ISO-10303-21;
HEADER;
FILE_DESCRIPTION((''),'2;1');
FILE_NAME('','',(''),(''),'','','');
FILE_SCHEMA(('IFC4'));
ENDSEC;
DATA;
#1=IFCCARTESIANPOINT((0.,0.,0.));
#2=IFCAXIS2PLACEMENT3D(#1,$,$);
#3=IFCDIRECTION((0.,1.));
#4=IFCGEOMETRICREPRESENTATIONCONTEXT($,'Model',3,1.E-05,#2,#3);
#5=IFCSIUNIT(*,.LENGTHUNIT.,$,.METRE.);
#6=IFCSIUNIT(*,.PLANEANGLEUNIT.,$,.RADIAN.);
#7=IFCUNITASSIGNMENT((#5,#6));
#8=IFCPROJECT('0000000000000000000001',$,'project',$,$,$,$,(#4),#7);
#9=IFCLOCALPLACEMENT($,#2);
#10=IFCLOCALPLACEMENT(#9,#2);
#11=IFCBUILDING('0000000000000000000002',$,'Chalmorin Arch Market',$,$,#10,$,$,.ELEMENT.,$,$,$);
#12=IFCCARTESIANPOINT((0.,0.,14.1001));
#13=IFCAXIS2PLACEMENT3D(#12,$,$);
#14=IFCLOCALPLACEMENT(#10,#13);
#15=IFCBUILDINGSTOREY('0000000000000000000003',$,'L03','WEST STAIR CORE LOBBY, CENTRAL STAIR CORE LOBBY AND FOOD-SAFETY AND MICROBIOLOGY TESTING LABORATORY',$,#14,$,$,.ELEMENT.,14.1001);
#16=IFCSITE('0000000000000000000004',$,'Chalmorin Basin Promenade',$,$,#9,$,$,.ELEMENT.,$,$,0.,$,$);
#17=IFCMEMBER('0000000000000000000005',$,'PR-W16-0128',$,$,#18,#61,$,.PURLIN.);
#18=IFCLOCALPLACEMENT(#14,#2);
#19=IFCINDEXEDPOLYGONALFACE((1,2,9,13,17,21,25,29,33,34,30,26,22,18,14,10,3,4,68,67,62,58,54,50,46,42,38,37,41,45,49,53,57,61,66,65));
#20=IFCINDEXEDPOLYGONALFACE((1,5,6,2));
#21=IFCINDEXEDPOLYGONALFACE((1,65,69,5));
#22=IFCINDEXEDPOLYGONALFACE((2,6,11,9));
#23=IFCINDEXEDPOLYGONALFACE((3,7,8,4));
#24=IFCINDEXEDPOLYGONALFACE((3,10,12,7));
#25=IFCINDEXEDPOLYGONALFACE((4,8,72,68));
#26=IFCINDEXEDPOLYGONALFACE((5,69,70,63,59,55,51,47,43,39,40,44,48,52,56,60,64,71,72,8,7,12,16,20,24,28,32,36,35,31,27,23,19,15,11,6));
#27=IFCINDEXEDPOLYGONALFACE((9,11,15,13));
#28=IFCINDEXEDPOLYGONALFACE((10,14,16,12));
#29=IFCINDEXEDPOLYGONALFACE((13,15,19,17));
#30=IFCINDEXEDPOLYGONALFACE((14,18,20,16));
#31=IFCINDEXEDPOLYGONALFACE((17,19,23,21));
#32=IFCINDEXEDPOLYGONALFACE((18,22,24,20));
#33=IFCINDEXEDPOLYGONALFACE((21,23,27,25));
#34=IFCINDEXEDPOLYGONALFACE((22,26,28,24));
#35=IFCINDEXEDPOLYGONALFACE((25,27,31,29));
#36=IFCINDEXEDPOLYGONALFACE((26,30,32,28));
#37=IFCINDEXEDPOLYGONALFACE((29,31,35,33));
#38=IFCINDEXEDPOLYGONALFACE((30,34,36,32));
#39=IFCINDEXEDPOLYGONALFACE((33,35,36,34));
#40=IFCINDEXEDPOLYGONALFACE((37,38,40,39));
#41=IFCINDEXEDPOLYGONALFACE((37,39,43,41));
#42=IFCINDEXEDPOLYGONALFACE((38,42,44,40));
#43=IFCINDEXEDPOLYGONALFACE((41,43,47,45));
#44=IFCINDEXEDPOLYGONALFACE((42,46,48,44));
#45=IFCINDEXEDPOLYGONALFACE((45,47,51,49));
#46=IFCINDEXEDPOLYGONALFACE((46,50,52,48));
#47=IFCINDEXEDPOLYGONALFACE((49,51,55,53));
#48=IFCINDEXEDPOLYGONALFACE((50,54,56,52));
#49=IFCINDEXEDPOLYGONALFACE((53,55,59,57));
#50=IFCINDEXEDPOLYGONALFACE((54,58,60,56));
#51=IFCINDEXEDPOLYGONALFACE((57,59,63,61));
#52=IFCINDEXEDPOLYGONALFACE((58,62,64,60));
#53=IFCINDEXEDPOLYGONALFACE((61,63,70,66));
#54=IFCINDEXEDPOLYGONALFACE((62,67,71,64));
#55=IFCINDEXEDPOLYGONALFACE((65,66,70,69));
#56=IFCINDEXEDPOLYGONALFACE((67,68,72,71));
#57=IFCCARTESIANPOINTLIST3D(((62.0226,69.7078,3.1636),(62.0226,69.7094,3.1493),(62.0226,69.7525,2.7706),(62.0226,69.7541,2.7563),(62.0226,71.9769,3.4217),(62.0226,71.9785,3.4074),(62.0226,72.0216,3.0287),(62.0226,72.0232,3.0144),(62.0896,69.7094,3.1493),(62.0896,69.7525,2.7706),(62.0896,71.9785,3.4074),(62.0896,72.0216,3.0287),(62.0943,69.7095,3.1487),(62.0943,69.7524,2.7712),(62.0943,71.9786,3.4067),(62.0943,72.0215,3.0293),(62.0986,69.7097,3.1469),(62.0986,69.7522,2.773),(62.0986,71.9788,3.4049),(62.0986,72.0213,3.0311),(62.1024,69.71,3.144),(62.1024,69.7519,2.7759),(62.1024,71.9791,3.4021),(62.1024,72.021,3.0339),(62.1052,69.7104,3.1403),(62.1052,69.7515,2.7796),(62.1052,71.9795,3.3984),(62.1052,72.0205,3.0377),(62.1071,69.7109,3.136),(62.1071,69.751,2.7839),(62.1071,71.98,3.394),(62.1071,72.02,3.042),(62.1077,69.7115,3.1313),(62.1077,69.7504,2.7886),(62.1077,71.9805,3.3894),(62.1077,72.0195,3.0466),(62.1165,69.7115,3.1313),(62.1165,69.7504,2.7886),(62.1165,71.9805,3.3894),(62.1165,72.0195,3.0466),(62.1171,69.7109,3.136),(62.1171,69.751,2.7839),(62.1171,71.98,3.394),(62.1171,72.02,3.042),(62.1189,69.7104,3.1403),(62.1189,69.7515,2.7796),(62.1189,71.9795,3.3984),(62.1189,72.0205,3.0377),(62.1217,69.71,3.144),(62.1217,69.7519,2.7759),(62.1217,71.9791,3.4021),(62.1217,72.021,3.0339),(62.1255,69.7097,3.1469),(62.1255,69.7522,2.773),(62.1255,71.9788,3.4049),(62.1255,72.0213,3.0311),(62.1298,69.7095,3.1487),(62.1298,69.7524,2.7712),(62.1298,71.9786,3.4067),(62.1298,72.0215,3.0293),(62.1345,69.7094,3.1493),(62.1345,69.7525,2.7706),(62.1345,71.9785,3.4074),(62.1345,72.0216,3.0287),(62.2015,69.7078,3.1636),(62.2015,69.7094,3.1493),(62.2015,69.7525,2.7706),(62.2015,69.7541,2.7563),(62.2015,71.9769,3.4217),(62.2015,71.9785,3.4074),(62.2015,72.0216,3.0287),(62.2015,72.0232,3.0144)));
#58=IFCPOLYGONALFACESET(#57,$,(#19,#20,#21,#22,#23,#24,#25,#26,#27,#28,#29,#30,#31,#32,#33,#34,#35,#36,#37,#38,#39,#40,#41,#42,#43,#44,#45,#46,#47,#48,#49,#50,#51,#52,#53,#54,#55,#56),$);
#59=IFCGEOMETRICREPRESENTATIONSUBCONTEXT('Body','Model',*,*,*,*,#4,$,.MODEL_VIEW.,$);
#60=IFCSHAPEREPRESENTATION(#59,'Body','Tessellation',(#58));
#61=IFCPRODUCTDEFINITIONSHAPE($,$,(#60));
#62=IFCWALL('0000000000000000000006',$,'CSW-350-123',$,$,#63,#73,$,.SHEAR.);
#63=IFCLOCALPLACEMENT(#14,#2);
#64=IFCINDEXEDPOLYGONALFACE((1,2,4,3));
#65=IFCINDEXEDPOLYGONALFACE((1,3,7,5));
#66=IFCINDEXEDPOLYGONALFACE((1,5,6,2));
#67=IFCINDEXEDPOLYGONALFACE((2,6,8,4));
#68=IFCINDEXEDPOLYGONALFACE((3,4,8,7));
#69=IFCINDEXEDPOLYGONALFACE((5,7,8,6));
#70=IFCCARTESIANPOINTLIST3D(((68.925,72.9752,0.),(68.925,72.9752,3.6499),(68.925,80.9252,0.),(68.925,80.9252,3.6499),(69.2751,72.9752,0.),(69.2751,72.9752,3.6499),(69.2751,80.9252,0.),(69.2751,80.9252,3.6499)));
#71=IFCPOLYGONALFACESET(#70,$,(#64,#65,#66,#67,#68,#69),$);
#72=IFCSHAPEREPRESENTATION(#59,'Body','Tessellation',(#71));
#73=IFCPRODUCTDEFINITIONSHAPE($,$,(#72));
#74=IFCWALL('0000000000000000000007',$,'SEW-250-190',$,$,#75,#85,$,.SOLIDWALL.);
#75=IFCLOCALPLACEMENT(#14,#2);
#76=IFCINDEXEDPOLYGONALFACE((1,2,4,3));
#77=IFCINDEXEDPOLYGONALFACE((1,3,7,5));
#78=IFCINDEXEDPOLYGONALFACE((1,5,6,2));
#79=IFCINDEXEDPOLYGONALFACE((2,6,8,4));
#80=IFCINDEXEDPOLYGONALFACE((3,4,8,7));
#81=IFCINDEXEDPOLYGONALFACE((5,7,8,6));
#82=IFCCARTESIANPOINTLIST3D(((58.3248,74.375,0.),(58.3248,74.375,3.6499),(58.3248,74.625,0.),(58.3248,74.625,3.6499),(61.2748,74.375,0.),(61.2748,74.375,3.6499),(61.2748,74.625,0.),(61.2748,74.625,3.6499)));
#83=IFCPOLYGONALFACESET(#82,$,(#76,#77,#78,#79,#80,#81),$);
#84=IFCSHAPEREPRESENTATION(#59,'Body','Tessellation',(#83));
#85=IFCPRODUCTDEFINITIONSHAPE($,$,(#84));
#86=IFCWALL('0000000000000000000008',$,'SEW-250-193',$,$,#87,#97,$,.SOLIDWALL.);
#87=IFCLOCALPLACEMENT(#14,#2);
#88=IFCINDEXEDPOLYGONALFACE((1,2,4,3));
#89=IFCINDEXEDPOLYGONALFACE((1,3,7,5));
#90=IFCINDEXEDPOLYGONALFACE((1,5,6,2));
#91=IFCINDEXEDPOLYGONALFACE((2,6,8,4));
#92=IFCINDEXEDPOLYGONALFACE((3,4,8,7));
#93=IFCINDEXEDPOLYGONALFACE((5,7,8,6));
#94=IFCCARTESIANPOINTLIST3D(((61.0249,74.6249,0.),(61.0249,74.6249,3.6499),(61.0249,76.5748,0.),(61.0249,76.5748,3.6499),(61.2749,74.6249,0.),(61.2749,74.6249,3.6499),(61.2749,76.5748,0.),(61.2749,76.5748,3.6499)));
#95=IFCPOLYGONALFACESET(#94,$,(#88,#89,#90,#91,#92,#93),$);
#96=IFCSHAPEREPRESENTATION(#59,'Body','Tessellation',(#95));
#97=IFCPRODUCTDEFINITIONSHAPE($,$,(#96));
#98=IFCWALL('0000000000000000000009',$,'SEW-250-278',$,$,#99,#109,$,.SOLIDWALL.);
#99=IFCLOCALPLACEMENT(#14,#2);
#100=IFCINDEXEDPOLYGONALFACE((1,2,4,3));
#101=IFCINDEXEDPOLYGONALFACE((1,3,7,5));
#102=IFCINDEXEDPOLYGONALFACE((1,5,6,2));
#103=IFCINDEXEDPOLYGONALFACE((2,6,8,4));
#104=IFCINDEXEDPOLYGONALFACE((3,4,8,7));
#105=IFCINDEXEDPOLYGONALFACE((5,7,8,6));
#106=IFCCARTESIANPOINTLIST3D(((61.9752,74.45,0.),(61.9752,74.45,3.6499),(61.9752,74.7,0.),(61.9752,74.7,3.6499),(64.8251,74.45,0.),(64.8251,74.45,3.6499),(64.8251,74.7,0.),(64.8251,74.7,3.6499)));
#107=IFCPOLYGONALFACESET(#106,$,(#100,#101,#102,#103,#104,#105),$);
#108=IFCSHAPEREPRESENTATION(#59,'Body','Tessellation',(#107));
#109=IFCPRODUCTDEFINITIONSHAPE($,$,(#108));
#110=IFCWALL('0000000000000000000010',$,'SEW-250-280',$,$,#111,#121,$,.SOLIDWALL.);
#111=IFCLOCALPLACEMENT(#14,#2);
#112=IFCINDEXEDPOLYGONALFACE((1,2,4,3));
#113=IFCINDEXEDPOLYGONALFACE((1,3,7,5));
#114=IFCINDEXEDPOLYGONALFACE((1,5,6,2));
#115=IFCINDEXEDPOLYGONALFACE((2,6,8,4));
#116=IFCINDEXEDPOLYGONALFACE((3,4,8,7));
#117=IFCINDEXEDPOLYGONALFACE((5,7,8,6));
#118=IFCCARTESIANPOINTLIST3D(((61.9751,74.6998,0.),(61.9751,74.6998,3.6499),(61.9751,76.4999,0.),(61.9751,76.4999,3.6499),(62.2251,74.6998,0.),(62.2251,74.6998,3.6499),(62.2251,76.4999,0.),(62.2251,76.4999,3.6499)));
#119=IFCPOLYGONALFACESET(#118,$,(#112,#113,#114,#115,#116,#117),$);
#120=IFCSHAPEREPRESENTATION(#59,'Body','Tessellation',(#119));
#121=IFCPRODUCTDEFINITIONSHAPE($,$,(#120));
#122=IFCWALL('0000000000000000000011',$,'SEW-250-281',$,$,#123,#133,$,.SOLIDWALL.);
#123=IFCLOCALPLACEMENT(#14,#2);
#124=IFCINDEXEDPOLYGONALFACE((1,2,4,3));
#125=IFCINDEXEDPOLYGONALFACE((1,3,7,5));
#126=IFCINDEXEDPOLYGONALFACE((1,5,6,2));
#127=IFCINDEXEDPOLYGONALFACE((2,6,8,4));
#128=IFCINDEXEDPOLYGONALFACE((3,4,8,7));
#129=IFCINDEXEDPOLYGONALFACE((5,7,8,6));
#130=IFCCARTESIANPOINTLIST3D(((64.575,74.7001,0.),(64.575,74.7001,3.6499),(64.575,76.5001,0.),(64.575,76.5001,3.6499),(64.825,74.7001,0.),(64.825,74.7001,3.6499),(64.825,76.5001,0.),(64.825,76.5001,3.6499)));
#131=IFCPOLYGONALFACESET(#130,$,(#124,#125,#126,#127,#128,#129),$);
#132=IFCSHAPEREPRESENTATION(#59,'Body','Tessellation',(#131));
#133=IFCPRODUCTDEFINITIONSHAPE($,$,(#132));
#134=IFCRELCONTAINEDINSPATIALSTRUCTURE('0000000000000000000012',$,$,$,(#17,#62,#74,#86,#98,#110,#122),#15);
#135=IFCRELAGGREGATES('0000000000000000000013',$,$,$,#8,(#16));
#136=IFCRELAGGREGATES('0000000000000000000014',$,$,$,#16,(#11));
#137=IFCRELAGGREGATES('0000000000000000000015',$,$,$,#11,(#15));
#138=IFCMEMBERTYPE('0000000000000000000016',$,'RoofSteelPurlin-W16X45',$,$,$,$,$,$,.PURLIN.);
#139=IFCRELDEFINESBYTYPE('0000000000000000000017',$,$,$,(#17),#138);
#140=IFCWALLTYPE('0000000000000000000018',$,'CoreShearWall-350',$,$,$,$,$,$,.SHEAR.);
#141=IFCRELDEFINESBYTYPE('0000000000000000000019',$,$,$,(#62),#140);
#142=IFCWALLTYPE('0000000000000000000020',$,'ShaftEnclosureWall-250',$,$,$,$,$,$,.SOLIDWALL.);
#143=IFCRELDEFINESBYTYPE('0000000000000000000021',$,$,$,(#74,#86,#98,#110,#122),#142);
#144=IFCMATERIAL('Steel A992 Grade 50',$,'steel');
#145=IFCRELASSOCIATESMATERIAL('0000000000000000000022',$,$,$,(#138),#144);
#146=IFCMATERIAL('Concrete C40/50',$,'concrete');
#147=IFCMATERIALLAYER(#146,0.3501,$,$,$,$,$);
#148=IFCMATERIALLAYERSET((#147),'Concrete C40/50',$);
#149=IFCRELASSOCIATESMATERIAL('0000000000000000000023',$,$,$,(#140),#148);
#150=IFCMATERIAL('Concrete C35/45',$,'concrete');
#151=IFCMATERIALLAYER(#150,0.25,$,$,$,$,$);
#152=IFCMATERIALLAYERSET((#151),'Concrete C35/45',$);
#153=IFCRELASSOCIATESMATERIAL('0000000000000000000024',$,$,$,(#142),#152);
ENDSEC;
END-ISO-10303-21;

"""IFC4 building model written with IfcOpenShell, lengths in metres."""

from ifc_helpers import new_model, si_unit, direction, frame, frame_2d, origin, origin_2d, place, context, subcontext, project, spatial, rectangle, i_section, extrude, material, layer, layer_set, material_profile, profile_set, type_object, element, save


model = new_model("IFC4")

# Units and contexts
model_context = context("Model", 3, precision=1e-05, world=origin(), true_north=direction((0.0, 1.0)))
body_context = subcontext(model_context, "Body", "Model", "MODEL_VIEW")
ifc_project = project(units=[si_unit("LENGTHUNIT", "METRE"), si_unit("PLANEANGLEUNIT", "RADIAN")], contexts=[model_context])

# Site, building, storey
site_placement = place(None, origin())
site = spatial("IfcSite", under=ifc_project, at=site_placement, Name="Chalmorin Basin Promenade", CompositionType="ELEMENT", RefElevation=0.0)
building_placement = place(site_placement, origin())
building = spatial("IfcBuilding", under=site, at=building_placement, Name="Chalmorin Arch Market", CompositionType="ELEMENT")
storey_placement = place(building_placement, frame((0.0, 0.0, 14.1001)))
storey = spatial("IfcBuildingStorey", under=building, at=storey_placement, Name="L03", Description="WEST STAIR CORE LOBBY, CENTRAL STAIR CORE LOBBY AND FOOD-SAFETY AND MICROBIOLOGY TESTING LABORATORY", CompositionType="ELEMENT", Elevation=14.1001)

# Shared definitions
ifc_material_1 = material(Name="Concrete C40/50", Category="concrete")

# Shared definitions
ifc_material_2 = material(Name="Steel A992 Grade 50", Category="steel")

# Member
ifc_material_profile_1 = material_profile(ifc_material_2, i_section(OverallWidth=0.179, OverallDepth=0.4099, WebThickness=0.0088, FlangeThickness=0.0144, FilletRadius=0.0181, at=origin_2d()), Name="W16X45")
ifc_profile_set_1 = profile_set([ifc_material_profile_1], Name="Steel A992 Grade 50")
member_type_1 = type_object("IfcMemberType", Name="RoofSteelPurlin-W16X45", PredefinedType="PURLIN", material=ifc_profile_set_1)
member_1_placement = place(storey_placement, frame((62.1121, 69.731, 2.96), z_axis=(0.0, 0.993595, 0.113001), x_axis=(-1.0, 0.0, 0.0)))
element("IfcMember", 1, at=member_1_placement, inside=storey, type_object=member_type_1, Name="PR-W16-0128", PredefinedType="PURLIN", context=body_context, shape_type="SweptSolid", body=[
    extrude(i_section(OverallWidth=0.179, OverallDepth=0.4099, WebThickness=0.0088, FlangeThickness=0.0144, FilletRadius=0.0181, at=origin_2d()), origin(), (0.0, 0.0, 1.0), 2.2837),
])

# Walls
ifc_layer_1 = layer(ifc_material_1, 0.3501)
ifc_layer_set_1 = layer_set([ifc_layer_1], Name="Concrete C40/50")
wall_type_1 = type_object("IfcWallType", Name="CoreShearWall-350", PredefinedType="SHEAR", material=ifc_layer_set_1)
wall_1_placement = place(storey_placement, frame((69.1001, 72.9751, 0.0), z_axis=(0.0, 0.0, 1.0), x_axis=(0.0, 1.0, 0.0)))
element("IfcWall", 2, at=wall_1_placement, inside=storey, type_object=wall_type_1, Name="CSW-350-123", PredefinedType="SHEAR", context=body_context, shape_type="SweptSolid", body=[
    extrude(rectangle(XDim=7.95, YDim=0.3501, at=frame_2d((3.9751, 0.0))), origin(), (0.0, 0.0, 1.0), 3.6499),
])
ifc_material_3 = material(Name="Concrete C35/45", Category="concrete")
ifc_layer_2 = layer(ifc_material_3, 0.25)
ifc_layer_set_2 = layer_set([ifc_layer_2], Name="Concrete C35/45")
wall_type_2 = type_object("IfcWallType", Name="ShaftEnclosureWall-250", PredefinedType="SOLIDWALL", material=ifc_layer_set_2)
wall_2_placement = place(storey_placement, frame((61.2749, 74.5, 0.0), z_axis=(0.0, 0.0, 1.0), x_axis=(-1.0, 0.0, 0.0)))
element("IfcWall", 3, at=wall_2_placement, inside=storey, type_object=wall_type_2, Name="SEW-250-190", PredefinedType="SOLIDWALL", context=body_context, shape_type="SweptSolid", body=[
    extrude(rectangle(XDim=2.95, YDim=0.25, at=frame_2d((1.4751, 0.0))), origin(), (0.0, 0.0, 1.0), 3.6499),
])
wall_3_placement = place(storey_placement, frame((61.1499, 76.575, 0.0), z_axis=(0.0, 0.0, 1.0), x_axis=(0.0, -1.0, 0.0)))
element("IfcWall", 4, at=wall_3_placement, inside=storey, type_object=wall_type_2, Name="SEW-250-193", PredefinedType="SOLIDWALL", context=body_context, shape_type="SweptSolid", body=[
    extrude(rectangle(XDim=1.95, YDim=0.25, at=frame_2d((0.9751, 0.0))), origin(), (0.0, 0.0, 1.0), 3.6499),
])
wall_4_placement = place(storey_placement, frame((64.825, 74.575, 0.0), z_axis=(0.0, 0.0, 1.0), x_axis=(-1.0, 0.0, 0.0)))
element("IfcWall", 5, at=wall_4_placement, inside=storey, type_object=wall_type_2, Name="SEW-250-278", PredefinedType="SOLIDWALL", context=body_context, shape_type="SweptSolid", body=[
    extrude(rectangle(XDim=2.8499, YDim=0.25, at=frame_2d((1.4248, 0.0))), origin(), (0.0, 0.0, 1.0), 3.6499),
])

# Walls
for number, where, z_axis, x_axis, name in (
    (6, (62.1001, 74.7, 0.0), (0.0, 0.0, 1.0), (0.0, 1.0, 0.0), "SEW-250-280"),
    (7, (64.7, 76.5, 0.0), (0.0, 0.0, 1.0), (0.0, -1.0, 0.0), "SEW-250-281"),
):
    element("IfcWall", number, at=place(storey_placement, frame(where, z_axis=z_axis, x_axis=x_axis)), inside=storey, type_object=wall_type_2, Name=name, PredefinedType="SOLIDWALL", context=body_context, shape_type="SweptSolid", body=[
        extrude(rectangle(XDim=1.8, YDim=0.25, at=frame_2d((0.8999, 0.0))), origin(), (0.0, 0.0, 1.0), 3.6499),
    ])

save(model, "model.ifc")
